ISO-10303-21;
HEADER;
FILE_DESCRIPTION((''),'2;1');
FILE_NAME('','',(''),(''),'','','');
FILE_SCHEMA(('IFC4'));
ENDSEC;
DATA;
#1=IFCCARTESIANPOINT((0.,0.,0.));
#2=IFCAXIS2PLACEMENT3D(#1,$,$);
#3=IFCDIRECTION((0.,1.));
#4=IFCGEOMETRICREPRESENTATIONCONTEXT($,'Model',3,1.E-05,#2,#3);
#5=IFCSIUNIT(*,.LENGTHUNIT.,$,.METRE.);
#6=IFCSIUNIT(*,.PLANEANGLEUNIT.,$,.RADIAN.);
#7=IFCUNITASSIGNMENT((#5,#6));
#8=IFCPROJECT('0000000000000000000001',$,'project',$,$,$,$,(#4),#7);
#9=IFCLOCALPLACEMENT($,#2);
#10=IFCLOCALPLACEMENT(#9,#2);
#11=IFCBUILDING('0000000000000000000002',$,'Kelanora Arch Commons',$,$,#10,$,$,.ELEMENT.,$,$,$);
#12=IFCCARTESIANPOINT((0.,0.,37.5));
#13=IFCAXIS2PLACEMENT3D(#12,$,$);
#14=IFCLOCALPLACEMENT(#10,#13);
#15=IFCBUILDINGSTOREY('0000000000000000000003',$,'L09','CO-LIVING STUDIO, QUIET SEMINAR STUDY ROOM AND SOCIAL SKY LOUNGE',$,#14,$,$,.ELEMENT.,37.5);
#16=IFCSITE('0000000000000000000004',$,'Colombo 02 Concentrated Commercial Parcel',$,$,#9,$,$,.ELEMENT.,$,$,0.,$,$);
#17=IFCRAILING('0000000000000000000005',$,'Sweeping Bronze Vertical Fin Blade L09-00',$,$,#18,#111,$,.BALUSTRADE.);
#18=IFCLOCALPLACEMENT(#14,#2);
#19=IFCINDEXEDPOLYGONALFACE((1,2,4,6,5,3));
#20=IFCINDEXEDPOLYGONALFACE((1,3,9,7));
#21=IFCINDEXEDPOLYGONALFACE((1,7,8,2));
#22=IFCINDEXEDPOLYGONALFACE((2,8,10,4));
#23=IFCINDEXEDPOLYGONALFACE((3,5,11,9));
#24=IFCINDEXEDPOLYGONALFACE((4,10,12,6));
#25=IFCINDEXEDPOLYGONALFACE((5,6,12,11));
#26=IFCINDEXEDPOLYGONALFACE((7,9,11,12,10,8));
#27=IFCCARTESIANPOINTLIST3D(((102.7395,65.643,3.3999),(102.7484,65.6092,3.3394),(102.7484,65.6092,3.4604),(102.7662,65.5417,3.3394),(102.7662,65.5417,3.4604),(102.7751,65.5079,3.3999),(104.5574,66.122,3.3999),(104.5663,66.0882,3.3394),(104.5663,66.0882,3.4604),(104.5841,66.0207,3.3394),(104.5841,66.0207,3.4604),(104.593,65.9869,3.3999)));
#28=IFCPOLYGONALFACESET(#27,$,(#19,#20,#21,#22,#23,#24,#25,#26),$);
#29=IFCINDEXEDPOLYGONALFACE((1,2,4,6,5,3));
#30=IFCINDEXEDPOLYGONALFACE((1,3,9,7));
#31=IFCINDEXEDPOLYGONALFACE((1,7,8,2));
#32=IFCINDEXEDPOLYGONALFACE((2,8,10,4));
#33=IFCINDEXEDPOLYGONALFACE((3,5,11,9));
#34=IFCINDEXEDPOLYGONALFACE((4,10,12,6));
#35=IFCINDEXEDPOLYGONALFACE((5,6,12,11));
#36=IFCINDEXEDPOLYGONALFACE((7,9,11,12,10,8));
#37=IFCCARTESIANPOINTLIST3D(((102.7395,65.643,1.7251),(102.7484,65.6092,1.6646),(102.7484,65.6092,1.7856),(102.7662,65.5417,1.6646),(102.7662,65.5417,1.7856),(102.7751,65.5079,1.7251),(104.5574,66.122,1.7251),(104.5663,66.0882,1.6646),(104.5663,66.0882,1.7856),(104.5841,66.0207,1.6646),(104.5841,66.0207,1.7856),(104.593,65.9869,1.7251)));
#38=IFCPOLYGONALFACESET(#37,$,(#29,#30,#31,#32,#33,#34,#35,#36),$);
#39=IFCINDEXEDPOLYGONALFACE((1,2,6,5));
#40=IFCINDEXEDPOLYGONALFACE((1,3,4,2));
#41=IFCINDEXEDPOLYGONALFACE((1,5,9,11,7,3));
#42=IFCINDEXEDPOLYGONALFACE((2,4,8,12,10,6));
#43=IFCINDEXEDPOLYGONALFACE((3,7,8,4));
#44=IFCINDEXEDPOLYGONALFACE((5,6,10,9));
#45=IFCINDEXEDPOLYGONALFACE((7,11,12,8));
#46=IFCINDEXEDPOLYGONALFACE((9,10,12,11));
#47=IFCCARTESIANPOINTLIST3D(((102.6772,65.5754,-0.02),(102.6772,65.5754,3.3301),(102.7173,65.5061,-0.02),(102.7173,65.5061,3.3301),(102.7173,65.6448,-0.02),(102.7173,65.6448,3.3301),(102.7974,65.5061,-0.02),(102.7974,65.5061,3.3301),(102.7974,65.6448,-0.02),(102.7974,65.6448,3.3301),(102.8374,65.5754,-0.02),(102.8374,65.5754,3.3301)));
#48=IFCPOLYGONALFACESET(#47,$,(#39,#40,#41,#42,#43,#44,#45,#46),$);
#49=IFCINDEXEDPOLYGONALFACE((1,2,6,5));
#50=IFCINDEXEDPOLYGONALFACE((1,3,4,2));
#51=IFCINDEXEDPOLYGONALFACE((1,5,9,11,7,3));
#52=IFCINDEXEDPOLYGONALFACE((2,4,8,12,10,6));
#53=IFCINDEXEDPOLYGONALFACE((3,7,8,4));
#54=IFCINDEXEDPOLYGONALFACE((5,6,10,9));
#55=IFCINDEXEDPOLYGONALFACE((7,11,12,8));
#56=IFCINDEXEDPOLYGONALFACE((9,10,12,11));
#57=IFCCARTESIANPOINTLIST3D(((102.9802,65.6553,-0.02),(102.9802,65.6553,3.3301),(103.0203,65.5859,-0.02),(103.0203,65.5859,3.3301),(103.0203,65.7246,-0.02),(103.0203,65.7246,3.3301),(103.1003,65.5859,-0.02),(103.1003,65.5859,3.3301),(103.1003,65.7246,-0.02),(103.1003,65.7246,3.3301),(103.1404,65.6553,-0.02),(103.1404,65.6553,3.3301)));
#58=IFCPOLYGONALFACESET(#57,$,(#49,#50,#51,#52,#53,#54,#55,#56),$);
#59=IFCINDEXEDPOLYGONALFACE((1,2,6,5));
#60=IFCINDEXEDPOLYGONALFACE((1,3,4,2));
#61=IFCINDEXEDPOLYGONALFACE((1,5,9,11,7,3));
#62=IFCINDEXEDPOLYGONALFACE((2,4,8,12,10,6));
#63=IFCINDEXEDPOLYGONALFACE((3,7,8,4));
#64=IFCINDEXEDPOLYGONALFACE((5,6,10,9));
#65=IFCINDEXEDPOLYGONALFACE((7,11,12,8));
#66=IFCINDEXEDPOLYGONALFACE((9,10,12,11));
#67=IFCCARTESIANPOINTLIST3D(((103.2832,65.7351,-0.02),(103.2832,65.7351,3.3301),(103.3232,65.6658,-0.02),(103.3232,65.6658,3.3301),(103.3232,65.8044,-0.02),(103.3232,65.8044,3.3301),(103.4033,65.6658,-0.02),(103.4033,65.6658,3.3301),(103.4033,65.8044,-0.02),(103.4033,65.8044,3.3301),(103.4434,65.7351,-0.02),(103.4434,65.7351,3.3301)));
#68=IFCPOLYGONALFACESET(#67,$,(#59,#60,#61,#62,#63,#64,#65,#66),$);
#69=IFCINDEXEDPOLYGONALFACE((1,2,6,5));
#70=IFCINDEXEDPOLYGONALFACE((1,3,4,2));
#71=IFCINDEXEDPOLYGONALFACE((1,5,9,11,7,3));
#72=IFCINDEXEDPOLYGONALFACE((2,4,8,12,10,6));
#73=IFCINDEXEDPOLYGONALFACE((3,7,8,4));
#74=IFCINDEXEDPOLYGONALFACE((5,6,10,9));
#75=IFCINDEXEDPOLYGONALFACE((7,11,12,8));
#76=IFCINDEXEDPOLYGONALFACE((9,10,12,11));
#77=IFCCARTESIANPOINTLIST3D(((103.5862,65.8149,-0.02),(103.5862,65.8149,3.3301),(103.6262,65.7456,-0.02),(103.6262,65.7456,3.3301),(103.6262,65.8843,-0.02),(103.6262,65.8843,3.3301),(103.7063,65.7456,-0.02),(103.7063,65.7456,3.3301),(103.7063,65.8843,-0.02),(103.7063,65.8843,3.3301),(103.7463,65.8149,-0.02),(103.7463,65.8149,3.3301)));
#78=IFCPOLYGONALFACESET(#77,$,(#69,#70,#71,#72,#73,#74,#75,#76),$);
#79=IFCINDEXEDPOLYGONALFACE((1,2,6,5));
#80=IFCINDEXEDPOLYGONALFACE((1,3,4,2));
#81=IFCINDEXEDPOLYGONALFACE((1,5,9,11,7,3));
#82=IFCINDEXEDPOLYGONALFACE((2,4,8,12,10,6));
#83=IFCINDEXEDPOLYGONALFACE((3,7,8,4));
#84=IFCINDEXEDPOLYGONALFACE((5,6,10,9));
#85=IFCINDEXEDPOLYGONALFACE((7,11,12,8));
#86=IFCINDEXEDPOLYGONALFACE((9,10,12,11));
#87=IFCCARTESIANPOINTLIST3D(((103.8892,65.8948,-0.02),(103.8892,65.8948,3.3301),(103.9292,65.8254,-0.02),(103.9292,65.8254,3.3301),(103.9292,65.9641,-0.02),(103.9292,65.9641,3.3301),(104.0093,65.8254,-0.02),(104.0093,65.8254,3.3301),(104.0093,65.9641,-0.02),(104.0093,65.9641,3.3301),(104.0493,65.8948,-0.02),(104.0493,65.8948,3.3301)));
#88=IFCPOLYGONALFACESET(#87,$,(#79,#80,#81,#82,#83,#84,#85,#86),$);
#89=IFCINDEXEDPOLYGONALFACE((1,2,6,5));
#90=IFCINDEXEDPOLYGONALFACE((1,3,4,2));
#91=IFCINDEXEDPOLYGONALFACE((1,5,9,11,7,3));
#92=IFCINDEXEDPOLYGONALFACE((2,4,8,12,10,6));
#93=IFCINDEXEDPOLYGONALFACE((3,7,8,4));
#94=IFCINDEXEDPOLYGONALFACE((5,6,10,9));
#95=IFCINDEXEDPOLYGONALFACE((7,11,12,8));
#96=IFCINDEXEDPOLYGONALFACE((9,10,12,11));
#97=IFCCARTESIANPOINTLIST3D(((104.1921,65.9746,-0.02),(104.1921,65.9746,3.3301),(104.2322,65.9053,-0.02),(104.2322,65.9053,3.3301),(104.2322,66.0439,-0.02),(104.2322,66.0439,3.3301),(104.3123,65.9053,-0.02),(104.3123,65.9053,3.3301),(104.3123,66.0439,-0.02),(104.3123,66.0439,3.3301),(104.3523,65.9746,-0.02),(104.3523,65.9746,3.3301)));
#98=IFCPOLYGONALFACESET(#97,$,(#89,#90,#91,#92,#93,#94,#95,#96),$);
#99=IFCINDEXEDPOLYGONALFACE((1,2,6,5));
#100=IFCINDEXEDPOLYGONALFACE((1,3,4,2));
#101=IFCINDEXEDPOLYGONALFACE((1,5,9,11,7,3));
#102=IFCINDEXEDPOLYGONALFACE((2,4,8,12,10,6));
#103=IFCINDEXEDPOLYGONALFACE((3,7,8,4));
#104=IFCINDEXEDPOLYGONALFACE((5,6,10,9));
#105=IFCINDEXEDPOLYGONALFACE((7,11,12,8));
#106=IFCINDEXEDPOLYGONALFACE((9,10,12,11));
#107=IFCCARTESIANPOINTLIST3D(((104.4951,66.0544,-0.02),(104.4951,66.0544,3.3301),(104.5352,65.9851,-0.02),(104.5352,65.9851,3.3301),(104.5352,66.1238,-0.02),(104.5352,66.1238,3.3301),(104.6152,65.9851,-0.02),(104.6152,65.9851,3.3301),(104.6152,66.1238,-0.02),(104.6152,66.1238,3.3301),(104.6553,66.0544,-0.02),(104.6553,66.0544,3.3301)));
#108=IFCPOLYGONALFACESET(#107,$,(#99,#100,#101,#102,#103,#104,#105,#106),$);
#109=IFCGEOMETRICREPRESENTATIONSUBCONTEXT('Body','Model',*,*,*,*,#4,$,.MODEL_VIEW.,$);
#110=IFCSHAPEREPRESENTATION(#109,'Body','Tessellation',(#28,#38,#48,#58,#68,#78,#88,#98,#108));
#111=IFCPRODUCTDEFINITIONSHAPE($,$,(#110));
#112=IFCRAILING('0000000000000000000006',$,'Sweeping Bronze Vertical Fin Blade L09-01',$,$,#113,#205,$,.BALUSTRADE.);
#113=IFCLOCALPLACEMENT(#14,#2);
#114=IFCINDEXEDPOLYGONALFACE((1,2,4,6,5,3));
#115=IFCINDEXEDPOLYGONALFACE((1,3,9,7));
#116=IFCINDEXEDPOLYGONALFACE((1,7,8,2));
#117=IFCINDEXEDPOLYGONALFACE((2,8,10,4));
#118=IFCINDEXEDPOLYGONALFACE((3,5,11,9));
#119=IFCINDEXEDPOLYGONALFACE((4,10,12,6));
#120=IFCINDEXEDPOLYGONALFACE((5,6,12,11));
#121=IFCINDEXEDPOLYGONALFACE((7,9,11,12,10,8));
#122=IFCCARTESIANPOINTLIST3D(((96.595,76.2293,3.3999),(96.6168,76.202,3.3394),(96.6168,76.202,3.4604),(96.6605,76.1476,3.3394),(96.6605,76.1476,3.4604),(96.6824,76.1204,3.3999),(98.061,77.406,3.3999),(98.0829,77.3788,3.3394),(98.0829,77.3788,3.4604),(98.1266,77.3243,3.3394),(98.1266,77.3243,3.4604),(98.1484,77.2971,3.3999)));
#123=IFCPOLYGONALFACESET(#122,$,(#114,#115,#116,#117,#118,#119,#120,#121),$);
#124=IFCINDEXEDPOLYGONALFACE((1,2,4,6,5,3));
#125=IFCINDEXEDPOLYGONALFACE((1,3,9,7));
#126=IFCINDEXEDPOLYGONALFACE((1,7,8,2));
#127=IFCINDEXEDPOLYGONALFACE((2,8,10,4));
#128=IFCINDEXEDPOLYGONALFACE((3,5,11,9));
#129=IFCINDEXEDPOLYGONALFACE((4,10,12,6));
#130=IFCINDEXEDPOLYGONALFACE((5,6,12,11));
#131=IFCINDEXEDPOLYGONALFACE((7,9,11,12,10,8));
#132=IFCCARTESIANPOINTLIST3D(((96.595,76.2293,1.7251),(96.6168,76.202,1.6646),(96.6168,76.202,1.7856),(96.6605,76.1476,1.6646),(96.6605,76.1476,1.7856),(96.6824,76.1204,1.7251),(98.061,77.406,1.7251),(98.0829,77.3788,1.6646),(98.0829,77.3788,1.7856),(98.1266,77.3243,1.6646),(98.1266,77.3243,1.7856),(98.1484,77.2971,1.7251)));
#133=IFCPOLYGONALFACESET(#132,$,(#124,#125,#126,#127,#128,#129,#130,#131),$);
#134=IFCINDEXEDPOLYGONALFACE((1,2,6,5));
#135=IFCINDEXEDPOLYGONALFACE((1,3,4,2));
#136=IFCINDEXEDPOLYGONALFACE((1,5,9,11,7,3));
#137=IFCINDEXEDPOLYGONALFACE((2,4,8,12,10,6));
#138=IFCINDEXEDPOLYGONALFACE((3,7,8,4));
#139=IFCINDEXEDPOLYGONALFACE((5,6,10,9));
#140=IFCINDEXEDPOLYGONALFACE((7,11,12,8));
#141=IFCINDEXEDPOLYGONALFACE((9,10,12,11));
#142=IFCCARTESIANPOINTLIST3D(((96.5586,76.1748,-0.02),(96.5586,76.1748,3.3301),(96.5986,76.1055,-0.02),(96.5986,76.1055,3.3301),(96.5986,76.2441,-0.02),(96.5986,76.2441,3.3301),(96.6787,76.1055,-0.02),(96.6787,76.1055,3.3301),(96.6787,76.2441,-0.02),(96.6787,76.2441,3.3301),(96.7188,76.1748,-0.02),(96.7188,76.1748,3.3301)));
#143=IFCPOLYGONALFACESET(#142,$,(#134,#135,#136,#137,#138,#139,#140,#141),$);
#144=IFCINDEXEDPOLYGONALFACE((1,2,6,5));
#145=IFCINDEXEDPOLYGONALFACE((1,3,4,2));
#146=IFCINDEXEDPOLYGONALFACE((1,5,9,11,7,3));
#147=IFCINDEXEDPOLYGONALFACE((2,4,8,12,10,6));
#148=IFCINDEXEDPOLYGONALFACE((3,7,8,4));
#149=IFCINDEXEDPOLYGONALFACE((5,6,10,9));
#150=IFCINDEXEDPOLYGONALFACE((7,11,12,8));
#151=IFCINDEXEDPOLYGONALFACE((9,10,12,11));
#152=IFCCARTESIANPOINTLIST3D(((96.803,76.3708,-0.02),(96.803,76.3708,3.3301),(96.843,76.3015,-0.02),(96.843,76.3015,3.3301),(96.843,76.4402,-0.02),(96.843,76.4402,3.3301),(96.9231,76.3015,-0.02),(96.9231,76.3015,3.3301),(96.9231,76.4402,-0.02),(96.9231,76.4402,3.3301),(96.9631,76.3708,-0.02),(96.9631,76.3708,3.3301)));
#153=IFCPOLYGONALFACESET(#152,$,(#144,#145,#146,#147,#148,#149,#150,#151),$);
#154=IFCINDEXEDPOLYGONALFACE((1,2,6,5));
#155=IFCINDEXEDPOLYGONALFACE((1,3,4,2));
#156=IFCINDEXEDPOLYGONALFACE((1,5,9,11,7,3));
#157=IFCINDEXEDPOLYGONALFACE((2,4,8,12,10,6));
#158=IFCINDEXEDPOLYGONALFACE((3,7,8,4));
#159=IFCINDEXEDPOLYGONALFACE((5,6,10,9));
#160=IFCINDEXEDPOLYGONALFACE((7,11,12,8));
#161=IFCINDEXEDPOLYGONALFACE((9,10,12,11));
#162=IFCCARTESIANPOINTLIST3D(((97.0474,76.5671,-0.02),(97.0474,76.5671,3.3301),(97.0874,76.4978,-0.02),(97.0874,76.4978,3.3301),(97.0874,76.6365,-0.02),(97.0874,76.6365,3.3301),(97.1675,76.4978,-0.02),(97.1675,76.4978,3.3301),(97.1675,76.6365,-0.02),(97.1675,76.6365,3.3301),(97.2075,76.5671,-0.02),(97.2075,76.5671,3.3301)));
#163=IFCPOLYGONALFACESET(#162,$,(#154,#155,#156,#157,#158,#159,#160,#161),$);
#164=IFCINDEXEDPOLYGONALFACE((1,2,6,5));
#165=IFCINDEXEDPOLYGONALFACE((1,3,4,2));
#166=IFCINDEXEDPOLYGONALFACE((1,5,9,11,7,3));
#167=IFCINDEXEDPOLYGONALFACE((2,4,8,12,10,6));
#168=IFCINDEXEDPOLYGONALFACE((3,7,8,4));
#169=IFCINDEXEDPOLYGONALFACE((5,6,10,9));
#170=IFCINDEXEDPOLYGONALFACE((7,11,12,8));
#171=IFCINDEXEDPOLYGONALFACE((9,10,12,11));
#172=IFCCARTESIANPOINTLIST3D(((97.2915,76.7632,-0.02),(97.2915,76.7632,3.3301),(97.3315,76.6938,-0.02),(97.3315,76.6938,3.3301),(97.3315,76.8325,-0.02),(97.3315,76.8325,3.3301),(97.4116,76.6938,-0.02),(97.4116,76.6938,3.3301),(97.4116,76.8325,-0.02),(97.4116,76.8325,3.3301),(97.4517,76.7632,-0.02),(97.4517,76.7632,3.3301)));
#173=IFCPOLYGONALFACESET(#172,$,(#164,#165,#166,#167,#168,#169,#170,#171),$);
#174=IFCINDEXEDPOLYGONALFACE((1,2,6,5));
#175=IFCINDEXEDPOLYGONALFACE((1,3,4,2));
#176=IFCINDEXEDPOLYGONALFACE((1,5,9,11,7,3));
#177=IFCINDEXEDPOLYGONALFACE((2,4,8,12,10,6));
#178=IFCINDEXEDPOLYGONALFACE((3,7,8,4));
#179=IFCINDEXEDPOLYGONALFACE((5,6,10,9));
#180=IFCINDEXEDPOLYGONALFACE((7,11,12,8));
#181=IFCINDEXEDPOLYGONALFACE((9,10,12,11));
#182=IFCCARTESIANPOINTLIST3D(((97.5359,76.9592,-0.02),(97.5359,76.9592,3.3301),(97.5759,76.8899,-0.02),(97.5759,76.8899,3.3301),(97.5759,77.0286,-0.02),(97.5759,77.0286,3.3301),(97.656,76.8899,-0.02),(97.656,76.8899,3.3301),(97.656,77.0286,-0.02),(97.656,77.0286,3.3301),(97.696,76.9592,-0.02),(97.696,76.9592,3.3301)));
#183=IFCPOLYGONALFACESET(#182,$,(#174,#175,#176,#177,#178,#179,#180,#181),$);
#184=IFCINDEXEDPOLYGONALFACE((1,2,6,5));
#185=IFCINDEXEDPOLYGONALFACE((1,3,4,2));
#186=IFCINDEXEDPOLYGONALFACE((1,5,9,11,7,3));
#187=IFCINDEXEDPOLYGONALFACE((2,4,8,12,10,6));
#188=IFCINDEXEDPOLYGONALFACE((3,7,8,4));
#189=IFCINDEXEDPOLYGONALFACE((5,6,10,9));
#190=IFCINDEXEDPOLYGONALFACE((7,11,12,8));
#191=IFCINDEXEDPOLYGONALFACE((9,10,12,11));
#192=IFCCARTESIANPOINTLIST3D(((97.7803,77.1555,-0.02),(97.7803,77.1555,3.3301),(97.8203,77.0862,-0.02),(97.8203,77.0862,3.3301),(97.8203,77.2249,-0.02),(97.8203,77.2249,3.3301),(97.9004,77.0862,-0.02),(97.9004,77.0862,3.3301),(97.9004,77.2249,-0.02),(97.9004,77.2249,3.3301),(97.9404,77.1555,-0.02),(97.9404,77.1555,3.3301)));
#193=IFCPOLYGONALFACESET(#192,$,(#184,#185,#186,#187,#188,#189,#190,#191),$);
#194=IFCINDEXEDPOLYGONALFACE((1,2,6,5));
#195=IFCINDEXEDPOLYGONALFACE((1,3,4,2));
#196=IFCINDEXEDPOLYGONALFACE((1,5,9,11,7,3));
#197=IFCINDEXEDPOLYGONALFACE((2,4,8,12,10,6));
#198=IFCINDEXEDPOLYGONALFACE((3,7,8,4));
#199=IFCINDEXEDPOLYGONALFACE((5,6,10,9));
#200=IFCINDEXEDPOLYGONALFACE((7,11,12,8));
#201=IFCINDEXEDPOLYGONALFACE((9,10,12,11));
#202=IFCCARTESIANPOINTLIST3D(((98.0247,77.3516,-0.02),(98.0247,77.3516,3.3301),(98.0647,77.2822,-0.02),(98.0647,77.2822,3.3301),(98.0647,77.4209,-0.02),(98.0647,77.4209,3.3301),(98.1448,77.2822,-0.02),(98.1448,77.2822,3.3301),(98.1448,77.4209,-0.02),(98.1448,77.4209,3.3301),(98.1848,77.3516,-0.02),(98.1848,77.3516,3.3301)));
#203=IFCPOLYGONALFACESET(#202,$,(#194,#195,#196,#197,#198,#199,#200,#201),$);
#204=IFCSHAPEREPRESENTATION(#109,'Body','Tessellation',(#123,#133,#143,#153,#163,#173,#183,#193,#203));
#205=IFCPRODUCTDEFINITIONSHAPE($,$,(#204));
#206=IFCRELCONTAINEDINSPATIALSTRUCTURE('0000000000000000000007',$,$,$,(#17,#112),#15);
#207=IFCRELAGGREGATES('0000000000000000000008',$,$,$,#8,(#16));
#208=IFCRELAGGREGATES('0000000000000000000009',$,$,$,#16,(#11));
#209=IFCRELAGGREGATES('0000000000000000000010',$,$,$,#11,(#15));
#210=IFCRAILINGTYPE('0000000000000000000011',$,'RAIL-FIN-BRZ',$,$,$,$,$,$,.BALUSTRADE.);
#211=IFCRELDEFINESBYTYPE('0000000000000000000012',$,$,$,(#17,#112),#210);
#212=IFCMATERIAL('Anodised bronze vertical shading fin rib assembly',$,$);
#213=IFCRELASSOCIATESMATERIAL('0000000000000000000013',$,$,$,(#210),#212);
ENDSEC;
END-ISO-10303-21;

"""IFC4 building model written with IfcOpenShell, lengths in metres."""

from ifc_helpers import new_model, si_unit, direction, frame, origin, place, context, subcontext, project, spatial, polyline, outline, extrude, material, type_object, element, save


model = new_model("IFC4")

# Units and contexts
model_context = context("Model", 3, precision=1e-05, world=origin(), true_north=direction((0.0, 1.0)))
body_context = subcontext(model_context, "Body", "Model", "MODEL_VIEW")
ifc_project = project(units=[si_unit("LENGTHUNIT", "METRE"), si_unit("PLANEANGLEUNIT", "RADIAN")], contexts=[model_context])

# Site, building, storey
site_placement = place(None, origin())
site = spatial("IfcSite", under=ifc_project, at=site_placement, Name="Colombo 02 Concentrated Commercial Parcel", CompositionType="ELEMENT", RefElevation=0.0)
building_placement = place(site_placement, origin())
building = spatial("IfcBuilding", under=site, at=building_placement, Name="Kelanora Arch Commons", CompositionType="ELEMENT")
storey_placement = place(building_placement, frame((0.0, 0.0, 37.5)))
storey = spatial("IfcBuildingStorey", under=building, at=storey_placement, Name="L09", Description="CO-LIVING STUDIO, QUIET SEMINAR STUDY ROOM AND SOCIAL SKY LOUNGE", CompositionType="ELEMENT", Elevation=37.5)

# Railings
ifc_material_1 = material(Name="Anodised bronze vertical shading fin rib assembly")
railing_type = type_object("IfcRailingType", Name="RAIL-FIN-BRZ", PredefinedType="BALUSTRADE", material=ifc_material_1)
railing_1_placement = place(storey_placement, frame((102.7573, 65.5754, -0.02)))
element("IfcRailing", 1, at=railing_1_placement, inside=storey, type_object=railing_type, Name="Sweeping Bronze Vertical Fin Blade L09-00", PredefinedType="BALUSTRADE", context=body_context, shape_type="SweptSolid", body=[
    extrude(outline(polyline([(0.0698, 0.0), (0.0349, 0.0605), (-0.0349, 0.0605), (-0.0698, 0.0), (-0.0349, -0.0605), (0.0349, -0.0605), (0.0698, 0.0)])), frame((0.0, 0.0, 3.4199), z_axis=(0.966994, 0.2548, 0.0), x_axis=(-0.2548, 0.966994, 0.0)), (0.0, 0.0, 1.0), 1.8799),
    extrude(outline(polyline([(0.0698, 0.0), (0.0349, 0.0605), (-0.0349, 0.0605), (-0.0698, 0.0), (-0.0349, -0.0605), (0.0349, -0.0605), (0.0698, 0.0)])), frame((0.0, 0.0, 1.7451), z_axis=(0.966994, 0.2548, 0.0), x_axis=(-0.2548, 0.966994, 0.0)), (0.0, 0.0, 1.0), 1.8799),
    extrude(outline(polyline([(0.0801, 0.0), (0.04, 0.0693), (-0.04, 0.0693), (-0.0801, 0.0), (-0.04, -0.0693), (0.04, -0.0693), (0.0801, 0.0)])), origin(), (0.0, 0.0, 1.0), 3.3501),
    extrude(outline(polyline([(0.0801, 0.0), (0.04, 0.0693), (-0.04, 0.0693), (-0.0801, 0.0), (-0.04, -0.0693), (0.04, -0.0693), (0.0801, 0.0)])), frame((0.303, 0.0798, 0.0)), (0.0, 0.0, 1.0), 3.3501),
    extrude(outline(polyline([(0.0801, 0.0), (0.04, 0.0693), (-0.04, 0.0693), (-0.0801, 0.0), (-0.04, -0.0693), (0.04, -0.0693), (0.0801, 0.0)])), frame((0.606, 0.1597, 0.0)), (0.0, 0.0, 1.0), 3.3501),
    extrude(outline(polyline([(0.0801, 0.0), (0.04, 0.0693), (-0.04, 0.0693), (-0.0801, 0.0), (-0.04, -0.0693), (0.04, -0.0693), (0.0801, 0.0)])), frame((0.9089, 0.2395, 0.0)), (0.0, 0.0, 1.0), 3.3501),
    extrude(outline(polyline([(0.0801, 0.0), (0.04, 0.0693), (-0.04, 0.0693), (-0.0801, 0.0), (-0.04, -0.0693), (0.04, -0.0693), (0.0801, 0.0)])), frame((1.2119, 0.3193, 0.0)), (0.0, 0.0, 1.0), 3.3501),
    extrude(outline(polyline([(0.0801, 0.0), (0.04, 0.0693), (-0.04, 0.0693), (-0.0801, 0.0), (-0.04, -0.0693), (0.04, -0.0693), (0.0801, 0.0)])), frame((1.5149, 0.3992, 0.0)), (0.0, 0.0, 1.0), 3.3501),
    extrude(outline(polyline([(0.0801, 0.0), (0.04, 0.0693), (-0.04, 0.0693), (-0.0801, 0.0), (-0.04, -0.0693), (0.04, -0.0693), (0.0801, 0.0)])), frame((1.8179, 0.479, 0.0)), (0.0, 0.0, 1.0), 3.3501),
])
railing_2_placement = place(storey_placement, frame((96.6387, 76.1748, -0.02)))
element("IfcRailing", 2, at=railing_2_placement, inside=storey, type_object=railing_type, Name="Sweeping Bronze Vertical Fin Blade L09-01", PredefinedType="BALUSTRADE", context=body_context, shape_type="SweptSolid", body=[
    extrude(outline(polyline([(0.0698, 0.0), (0.0349, 0.0605), (-0.0349, 0.0605), (-0.0698, 0.0), (-0.0349, -0.0605), (0.0349, -0.0605), (0.0698, 0.0)])), frame((0.0, 0.0, 3.4199), z_axis=(0.779854, 0.625961, 0.0), x_axis=(-0.625961, 0.779854, 0.0)), (0.0, 0.0, 1.0), 1.8799),
    extrude(outline(polyline([(0.0698, 0.0), (0.0349, 0.0605), (-0.0349, 0.0605), (-0.0698, 0.0), (-0.0349, -0.0605), (0.0349, -0.0605), (0.0698, 0.0)])), frame((0.0, 0.0, 1.7451), z_axis=(0.779854, 0.625961, 0.0), x_axis=(-0.625961, 0.779854, 0.0)), (0.0, 0.0, 1.0), 1.8799),
    extrude(outline(polyline([(0.0801, 0.0), (0.04, 0.0693), (-0.04, 0.0693), (-0.0801, 0.0), (-0.04, -0.0693), (0.04, -0.0693), (0.0801, 0.0)])), origin(), (0.0, 0.0, 1.0), 3.3501),
    extrude(outline(polyline([(0.0801, 0.0), (0.04, 0.0693), (-0.04, 0.0693), (-0.0801, 0.0), (-0.04, -0.0693), (0.04, -0.0693), (0.0801, 0.0)])), frame((0.2444, 0.196, 0.0)), (0.0, 0.0, 1.0), 3.3501),
    extrude(outline(polyline([(0.0801, 0.0), (0.04, 0.0693), (-0.04, 0.0693), (-0.0801, 0.0), (-0.04, -0.0693), (0.04, -0.0693), (0.0801, 0.0)])), frame((0.4888, 0.3923, 0.0)), (0.0, 0.0, 1.0), 3.3501),
    extrude(outline(polyline([(0.0801, 0.0), (0.04, 0.0693), (-0.04, 0.0693), (-0.0801, 0.0), (-0.04, -0.0693), (0.04, -0.0693), (0.0801, 0.0)])), frame((0.7329, 0.5884, 0.0)), (0.0, 0.0, 1.0), 3.3501),
    extrude(outline(polyline([(0.0801, 0.0), (0.04, 0.0693), (-0.04, 0.0693), (-0.0801, 0.0), (-0.04, -0.0693), (0.04, -0.0693), (0.0801, 0.0)])), frame((0.9773, 0.7844, 0.0)), (0.0, 0.0, 1.0), 3.3501),
    extrude(outline(polyline([(0.0801, 0.0), (0.04, 0.0693), (-0.04, 0.0693), (-0.0801, 0.0), (-0.04, -0.0693), (0.04, -0.0693), (0.0801, 0.0)])), frame((1.2217, 0.9807, 0.0)), (0.0, 0.0, 1.0), 3.3501),
    extrude(outline(polyline([(0.0801, 0.0), (0.04, 0.0693), (-0.04, 0.0693), (-0.0801, 0.0), (-0.04, -0.0693), (0.04, -0.0693), (0.0801, 0.0)])), frame((1.4661, 1.1768, 0.0)), (0.0, 0.0, 1.0), 3.3501),
])

save(model, "model.ifc")
